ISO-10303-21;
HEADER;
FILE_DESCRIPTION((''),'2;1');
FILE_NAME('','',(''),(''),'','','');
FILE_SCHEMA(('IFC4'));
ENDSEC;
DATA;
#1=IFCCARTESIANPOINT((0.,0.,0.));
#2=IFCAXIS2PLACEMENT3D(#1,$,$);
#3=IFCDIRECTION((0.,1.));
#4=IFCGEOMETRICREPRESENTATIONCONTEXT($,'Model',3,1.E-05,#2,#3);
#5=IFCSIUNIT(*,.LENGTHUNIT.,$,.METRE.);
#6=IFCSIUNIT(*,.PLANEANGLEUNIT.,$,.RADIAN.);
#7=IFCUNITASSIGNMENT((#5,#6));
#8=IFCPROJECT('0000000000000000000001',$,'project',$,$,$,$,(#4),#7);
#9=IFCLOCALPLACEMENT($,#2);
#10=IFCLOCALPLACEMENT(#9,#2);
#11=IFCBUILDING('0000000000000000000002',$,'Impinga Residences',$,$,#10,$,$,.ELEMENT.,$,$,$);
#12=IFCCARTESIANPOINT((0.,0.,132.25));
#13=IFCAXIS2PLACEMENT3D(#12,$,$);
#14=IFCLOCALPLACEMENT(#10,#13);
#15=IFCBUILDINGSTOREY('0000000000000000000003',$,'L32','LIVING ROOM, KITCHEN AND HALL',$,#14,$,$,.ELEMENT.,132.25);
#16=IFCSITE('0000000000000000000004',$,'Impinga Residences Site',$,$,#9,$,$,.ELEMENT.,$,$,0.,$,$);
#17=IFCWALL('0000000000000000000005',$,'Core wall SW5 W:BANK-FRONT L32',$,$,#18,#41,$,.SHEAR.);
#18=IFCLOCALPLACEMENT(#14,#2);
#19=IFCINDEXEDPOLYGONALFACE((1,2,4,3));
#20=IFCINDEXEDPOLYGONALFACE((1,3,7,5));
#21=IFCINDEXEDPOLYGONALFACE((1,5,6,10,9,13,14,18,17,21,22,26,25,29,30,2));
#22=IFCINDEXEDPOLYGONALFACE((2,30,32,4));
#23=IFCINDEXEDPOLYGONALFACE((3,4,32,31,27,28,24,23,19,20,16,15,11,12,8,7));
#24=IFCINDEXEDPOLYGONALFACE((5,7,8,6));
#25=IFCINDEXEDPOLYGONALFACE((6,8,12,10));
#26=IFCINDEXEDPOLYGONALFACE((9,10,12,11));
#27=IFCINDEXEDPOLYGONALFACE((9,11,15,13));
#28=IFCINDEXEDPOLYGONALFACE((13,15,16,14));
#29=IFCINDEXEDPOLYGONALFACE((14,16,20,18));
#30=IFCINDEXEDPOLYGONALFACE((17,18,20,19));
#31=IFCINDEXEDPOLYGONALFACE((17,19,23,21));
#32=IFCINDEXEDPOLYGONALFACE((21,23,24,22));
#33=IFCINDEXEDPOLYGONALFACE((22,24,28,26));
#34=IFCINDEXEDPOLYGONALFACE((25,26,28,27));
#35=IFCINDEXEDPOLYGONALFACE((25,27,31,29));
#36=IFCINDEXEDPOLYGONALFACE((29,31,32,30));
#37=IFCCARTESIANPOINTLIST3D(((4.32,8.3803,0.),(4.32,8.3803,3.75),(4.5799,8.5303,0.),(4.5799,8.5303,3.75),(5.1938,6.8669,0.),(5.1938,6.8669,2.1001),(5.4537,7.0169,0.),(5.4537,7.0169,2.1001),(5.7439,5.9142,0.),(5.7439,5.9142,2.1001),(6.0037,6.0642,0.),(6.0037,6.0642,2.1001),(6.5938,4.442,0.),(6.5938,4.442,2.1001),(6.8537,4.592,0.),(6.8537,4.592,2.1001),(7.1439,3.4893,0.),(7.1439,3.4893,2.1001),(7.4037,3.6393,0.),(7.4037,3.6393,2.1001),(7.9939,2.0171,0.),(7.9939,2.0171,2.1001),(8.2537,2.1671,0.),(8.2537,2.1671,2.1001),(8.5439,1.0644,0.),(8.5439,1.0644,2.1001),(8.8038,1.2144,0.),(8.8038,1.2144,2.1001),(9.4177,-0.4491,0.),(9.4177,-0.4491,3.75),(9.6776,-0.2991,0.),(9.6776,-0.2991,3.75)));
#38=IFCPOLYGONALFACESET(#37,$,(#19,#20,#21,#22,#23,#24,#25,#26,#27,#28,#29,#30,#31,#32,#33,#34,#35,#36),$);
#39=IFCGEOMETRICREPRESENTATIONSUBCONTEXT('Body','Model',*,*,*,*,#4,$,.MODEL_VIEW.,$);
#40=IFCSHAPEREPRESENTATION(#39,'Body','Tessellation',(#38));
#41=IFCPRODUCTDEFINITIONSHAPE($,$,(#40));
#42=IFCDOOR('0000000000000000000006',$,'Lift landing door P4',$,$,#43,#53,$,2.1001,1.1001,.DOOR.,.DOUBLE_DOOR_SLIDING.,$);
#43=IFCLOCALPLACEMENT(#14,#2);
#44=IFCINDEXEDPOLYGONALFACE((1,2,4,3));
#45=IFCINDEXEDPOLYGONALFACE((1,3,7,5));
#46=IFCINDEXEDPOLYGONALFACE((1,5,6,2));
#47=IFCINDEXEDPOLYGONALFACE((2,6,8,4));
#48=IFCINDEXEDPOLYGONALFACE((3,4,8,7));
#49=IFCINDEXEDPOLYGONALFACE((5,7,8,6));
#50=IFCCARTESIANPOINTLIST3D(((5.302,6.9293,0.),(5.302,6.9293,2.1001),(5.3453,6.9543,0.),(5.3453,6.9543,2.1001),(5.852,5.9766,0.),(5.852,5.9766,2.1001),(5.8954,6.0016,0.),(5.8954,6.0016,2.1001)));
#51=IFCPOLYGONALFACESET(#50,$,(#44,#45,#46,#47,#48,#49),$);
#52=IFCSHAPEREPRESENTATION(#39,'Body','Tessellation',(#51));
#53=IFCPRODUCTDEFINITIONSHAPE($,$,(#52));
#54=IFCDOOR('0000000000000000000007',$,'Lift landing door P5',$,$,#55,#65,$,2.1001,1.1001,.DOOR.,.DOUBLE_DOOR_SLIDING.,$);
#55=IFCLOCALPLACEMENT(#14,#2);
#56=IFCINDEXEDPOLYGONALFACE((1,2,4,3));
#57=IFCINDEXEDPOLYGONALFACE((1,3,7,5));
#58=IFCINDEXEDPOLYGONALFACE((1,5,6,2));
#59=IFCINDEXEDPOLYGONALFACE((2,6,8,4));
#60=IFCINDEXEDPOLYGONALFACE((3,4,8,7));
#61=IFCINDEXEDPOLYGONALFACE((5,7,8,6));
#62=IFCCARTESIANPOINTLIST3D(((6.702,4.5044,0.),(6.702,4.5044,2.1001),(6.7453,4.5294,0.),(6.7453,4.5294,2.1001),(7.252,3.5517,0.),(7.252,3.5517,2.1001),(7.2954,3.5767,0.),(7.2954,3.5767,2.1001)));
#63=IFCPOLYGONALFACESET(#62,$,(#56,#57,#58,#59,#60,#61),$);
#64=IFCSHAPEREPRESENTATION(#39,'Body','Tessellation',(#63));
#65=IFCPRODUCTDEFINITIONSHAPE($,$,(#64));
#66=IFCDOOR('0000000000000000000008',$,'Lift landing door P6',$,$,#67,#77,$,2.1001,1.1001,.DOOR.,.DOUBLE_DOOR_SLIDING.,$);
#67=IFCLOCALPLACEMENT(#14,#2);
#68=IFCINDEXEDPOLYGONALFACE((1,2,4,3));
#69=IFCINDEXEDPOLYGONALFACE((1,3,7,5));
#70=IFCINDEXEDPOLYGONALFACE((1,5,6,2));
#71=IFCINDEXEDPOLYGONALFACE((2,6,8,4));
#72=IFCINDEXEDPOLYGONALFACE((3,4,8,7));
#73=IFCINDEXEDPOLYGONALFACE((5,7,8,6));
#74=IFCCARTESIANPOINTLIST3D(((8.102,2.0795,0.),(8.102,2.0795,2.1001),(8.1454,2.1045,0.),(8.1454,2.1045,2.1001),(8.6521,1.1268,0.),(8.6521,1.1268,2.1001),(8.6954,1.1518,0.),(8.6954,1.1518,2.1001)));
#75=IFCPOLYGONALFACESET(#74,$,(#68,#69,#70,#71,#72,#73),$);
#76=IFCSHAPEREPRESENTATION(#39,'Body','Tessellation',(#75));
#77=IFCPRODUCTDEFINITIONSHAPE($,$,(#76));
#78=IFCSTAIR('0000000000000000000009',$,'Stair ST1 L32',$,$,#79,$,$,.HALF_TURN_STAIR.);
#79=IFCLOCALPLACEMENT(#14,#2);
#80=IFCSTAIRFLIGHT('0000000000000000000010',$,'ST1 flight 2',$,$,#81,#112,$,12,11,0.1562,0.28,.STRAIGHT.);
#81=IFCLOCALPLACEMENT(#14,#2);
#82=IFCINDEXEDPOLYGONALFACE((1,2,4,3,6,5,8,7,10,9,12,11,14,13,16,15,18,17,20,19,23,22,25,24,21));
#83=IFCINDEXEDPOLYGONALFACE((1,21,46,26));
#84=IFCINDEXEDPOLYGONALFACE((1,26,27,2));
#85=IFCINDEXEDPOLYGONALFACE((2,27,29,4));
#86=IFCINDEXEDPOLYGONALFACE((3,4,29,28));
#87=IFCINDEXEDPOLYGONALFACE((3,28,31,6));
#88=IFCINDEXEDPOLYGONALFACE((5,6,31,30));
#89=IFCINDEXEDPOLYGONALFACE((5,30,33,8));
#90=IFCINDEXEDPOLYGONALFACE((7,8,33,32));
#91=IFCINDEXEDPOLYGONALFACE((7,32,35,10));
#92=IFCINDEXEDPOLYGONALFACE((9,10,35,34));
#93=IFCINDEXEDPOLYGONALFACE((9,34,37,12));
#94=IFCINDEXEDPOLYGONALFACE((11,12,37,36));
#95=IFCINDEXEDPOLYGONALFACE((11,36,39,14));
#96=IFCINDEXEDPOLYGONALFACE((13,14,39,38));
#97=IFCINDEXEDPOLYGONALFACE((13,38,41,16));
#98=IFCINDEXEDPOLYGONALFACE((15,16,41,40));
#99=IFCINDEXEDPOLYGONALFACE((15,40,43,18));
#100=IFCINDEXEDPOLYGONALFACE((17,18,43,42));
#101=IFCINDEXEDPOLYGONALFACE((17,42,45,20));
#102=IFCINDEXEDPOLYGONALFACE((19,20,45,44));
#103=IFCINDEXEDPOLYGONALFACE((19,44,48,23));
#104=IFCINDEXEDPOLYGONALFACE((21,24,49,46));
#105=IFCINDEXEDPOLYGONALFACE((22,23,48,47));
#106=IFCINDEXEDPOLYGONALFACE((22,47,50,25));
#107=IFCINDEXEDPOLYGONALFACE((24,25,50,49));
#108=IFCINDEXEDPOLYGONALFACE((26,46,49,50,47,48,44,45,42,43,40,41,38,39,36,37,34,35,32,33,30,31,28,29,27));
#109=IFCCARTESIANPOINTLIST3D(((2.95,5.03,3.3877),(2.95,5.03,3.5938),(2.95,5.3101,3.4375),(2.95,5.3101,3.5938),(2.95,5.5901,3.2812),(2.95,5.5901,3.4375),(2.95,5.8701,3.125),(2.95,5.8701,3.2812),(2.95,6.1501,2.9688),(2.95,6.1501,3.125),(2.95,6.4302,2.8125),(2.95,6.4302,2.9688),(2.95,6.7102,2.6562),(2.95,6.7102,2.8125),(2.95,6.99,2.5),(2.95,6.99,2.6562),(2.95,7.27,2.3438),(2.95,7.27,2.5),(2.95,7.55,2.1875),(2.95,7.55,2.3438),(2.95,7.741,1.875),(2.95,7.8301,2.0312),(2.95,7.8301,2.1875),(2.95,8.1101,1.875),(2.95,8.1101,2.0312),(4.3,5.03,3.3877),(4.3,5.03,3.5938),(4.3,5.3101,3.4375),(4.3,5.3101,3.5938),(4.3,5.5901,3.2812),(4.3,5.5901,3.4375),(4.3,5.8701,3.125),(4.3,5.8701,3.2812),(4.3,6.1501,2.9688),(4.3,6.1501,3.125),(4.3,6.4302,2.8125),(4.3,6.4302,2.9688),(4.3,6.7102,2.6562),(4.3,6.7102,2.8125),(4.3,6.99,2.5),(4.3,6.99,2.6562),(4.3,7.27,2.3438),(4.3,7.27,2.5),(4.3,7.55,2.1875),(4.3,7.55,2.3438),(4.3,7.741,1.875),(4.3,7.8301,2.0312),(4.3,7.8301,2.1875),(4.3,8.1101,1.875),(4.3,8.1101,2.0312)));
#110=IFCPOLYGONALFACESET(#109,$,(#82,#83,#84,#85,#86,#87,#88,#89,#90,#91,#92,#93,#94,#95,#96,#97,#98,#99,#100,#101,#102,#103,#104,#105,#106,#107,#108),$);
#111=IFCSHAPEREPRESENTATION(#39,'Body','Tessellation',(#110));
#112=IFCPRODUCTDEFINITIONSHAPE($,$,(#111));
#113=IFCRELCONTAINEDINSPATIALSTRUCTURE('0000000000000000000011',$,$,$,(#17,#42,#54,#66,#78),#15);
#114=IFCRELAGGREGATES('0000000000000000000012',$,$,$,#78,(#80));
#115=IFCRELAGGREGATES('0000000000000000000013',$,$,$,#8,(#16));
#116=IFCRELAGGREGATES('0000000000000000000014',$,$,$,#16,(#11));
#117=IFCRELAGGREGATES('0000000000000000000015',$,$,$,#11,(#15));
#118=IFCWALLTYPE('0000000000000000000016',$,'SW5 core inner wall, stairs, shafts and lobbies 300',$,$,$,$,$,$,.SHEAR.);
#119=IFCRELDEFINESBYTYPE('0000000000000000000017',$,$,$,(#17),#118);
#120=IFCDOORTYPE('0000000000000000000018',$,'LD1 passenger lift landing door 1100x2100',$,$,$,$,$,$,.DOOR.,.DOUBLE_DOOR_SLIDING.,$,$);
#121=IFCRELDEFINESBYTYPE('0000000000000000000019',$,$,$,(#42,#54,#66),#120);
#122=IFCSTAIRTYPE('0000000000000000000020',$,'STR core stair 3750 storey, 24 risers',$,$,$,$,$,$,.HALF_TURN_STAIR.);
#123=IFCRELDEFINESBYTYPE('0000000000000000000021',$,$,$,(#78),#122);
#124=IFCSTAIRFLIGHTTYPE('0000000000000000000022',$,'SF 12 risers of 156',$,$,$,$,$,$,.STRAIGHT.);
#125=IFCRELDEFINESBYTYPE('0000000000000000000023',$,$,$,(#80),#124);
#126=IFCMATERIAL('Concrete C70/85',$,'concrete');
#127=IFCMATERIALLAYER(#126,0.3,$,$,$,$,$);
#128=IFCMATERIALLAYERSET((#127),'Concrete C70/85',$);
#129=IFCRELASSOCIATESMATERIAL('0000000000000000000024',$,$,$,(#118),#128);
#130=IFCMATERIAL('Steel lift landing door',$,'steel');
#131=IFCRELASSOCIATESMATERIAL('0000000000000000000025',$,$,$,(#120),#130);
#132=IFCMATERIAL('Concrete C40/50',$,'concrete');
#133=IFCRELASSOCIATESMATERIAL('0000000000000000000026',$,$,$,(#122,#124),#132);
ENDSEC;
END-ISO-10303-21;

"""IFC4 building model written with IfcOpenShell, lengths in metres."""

from ifc_helpers import new_model, si_unit, direction, frame, frame_2d, origin, place, context, subcontext, project, spatial, polyline, rectangle, outline, extrude, material, layer, layer_set, type_object, element, fill, aggregate, save


model = new_model("IFC4")

# Units and contexts
model_context = context("Model", 3, precision=1e-05, world=origin(), true_north=direction((0.0, 1.0)))
body_context = subcontext(model_context, "Body", "Model", "MODEL_VIEW")
ifc_project = project(units=[si_unit("LENGTHUNIT", "METRE"), si_unit("PLANEANGLEUNIT", "RADIAN")], contexts=[model_context])

# Site, building, storey
site_placement = place(None, origin())
site = spatial("IfcSite", under=ifc_project, at=site_placement, Name="Impinga Residences Site", CompositionType="ELEMENT", RefElevation=0.0)
building_placement = place(site_placement, origin())
building = spatial("IfcBuilding", under=site, at=building_placement, Name="Impinga Residences", CompositionType="ELEMENT")
storey_placement = place(building_placement, frame((0.0, 0.0, 132.25)))
storey = spatial("IfcBuildingStorey", under=building, at=storey_placement, Name="L32", Description="LIVING ROOM, KITCHEN AND HALL", CompositionType="ELEMENT", Elevation=132.25)

# Wall, openings, doors
ifc_material_1 = material(Name="Concrete C70/85", Category="concrete")
ifc_layer_1 = layer(ifc_material_1, 0.3)
ifc_layer_set_1 = layer_set([ifc_layer_1], Name="Concrete C70/85")
wall_type_1 = type_object("IfcWallType", Name="SW5 core inner wall, stairs, shafts and lobbies 300", PredefinedType="SHEAR", material=ifc_layer_set_1)
wall_1_placement = place(storey_placement, frame((4.45, 8.4553, 0.0), z_axis=(0.0, 0.0, 1.0), x_axis=(0.500002, -0.866024, 0.0)))
wall_1 = element("IfcWall", 1, at=wall_1_placement, inside=storey, type_object=wall_type_1, Name="Core wall SW5 W:BANK-FRONT L32", PredefinedType="SHEAR", context=body_context, shape_type="SweptSolid", body=[
    extrude(rectangle(XDim=10.1953, YDim=0.3, at=frame_2d((5.0977, 0.0))), origin(), (0.0, 0.0, 1.0), 3.75),
])
opening_1_placement = place(wall_1_placement, frame((1.7476, 0.0, 0.0)))
opening_1 = element("IfcOpeningElement", 2, at=opening_1_placement, cuts=wall_1, PredefinedType="OPENING", context=body_context, shape_type="SweptSolid", body=[
    extrude(rectangle(XDim=1.1001, YDim=2.1001, at=frame_2d((0.55, 1.05))), frame((0.0, 0.1599, 0.0), z_axis=(0.0, -1.0, 0.0), x_axis=(1.0, 0.0, 0.0)), (0.0, 0.0, 1.0), 0.3201),
])
opening_2_placement = place(wall_1_placement, frame((4.5476, 0.0, 0.0)))
opening_2 = element("IfcOpeningElement", 3, at=opening_2_placement, cuts=wall_1, PredefinedType="OPENING", context=body_context, shape_type="SweptSolid", body=[
    extrude(rectangle(XDim=1.1001, YDim=2.1001, at=frame_2d((0.55, 1.05))), frame((0.0, 0.1599, 0.0), z_axis=(0.0, -1.0, 0.0), x_axis=(1.0, 0.0, 0.0)), (0.0, 0.0, 1.0), 0.3201),
])
opening_3_placement = place(wall_1_placement, frame((7.3477, 0.0, 0.0)))
opening_3 = element("IfcOpeningElement", 4, at=opening_3_placement, cuts=wall_1, PredefinedType="OPENING", context=body_context, shape_type="SweptSolid", body=[
    extrude(rectangle(XDim=1.1001, YDim=2.1001, at=frame_2d((0.55, 1.05))), frame((0.0, 0.1599, 0.0), z_axis=(0.0, -1.0, 0.0), x_axis=(1.0, 0.0, 0.0)), (0.0, 0.0, 1.0), 0.3201),
])
ifc_material_2 = material(Name="Steel lift landing door", Category="steel")
door_type_1 = type_object("IfcDoorType", Name="LD1 passenger lift landing door 1100x2100", OperationType="DOUBLE_DOOR_SLIDING", PredefinedType="DOOR", material=ifc_material_2)
door_1_placement = place(opening_1_placement, origin())
door_1 = element("IfcDoor", 5, at=door_1_placement, inside=storey, type_object=door_type_1, Name="Lift landing door P4", OperationType="DOUBLE_DOOR_SLIDING", OverallHeight=2.1001, OverallWidth=1.1001, PredefinedType="DOOR", context=body_context, shape_type="SweptSolid", body=[
    extrude(rectangle(XDim=1.1001, YDim=2.1001, at=frame_2d((0.55, 1.05))), frame((0.0, 0.0249, 0.0), z_axis=(0.0, -1.0, 0.0), x_axis=(1.0, 0.0, 0.0)), (0.0, 0.0, 1.0), 0.05),
])
fill(opening_1, door_1)
door_2_placement = place(opening_2_placement, origin())
door_2 = element("IfcDoor", 6, at=door_2_placement, inside=storey, type_object=door_type_1, Name="Lift landing door P5", OperationType="DOUBLE_DOOR_SLIDING", OverallHeight=2.1001, OverallWidth=1.1001, PredefinedType="DOOR", context=body_context, shape_type="SweptSolid", body=[
    extrude(rectangle(XDim=1.1001, YDim=2.1001, at=frame_2d((0.55, 1.05))), frame((0.0, 0.0249, 0.0), z_axis=(0.0, -1.0, 0.0), x_axis=(1.0, 0.0, 0.0)), (0.0, 0.0, 1.0), 0.05),
])
fill(opening_2, door_2)
door_3_placement = place(opening_3_placement, origin())
door_3 = element("IfcDoor", 7, at=door_3_placement, inside=storey, type_object=door_type_1, Name="Lift landing door P6", OperationType="DOUBLE_DOOR_SLIDING", OverallHeight=2.1001, OverallWidth=1.1001, PredefinedType="DOOR", context=body_context, shape_type="SweptSolid", body=[
    extrude(rectangle(XDim=1.1001, YDim=2.1001, at=frame_2d((0.55, 1.05))), frame((0.0, 0.0249, 0.0), z_axis=(0.0, -1.0, 0.0), x_axis=(1.0, 0.0, 0.0)), (0.0, 0.0, 1.0), 0.05),
])
fill(opening_3, door_3)

# Stair, stair flight
ifc_material_3 = material(Name="Concrete C40/50", Category="concrete")
stair_type = type_object("IfcStairType", Name="STR core stair 3750 storey, 24 risers", PredefinedType="HALF_TURN_STAIR", material=ifc_material_3)
stair_placement = place(storey_placement, origin())
stair = element("IfcStair", 8, at=stair_placement, inside=storey, type_object=stair_type, Name="Stair ST1 L32", PredefinedType="HALF_TURN_STAIR")
stair_flight_type = type_object("IfcStairFlightType", Name="SF 12 risers of 156", PredefinedType="STRAIGHT", material=ifc_material_3)
stair_flight_placement = place(storey_placement, frame((3.625, 8.1101, 1.875), z_axis=(0.0, 0.0, 1.0), x_axis=(0.0, -1.0, 0.0)))
stair_flight = element("IfcStairFlight", 9, at=stair_flight_placement, type_object=stair_flight_type, Name="ST1 flight 2", NumberOfRisers=12, NumberOfTreads=11, PredefinedType="STRAIGHT", RiserHeight=0.1562, TreadLength=0.28, context=body_context, shape_type="SweptSolid", body=[
    extrude(outline(polyline([(0.0, 0.0), (0.0, 0.1562), (0.28, 0.1562), (0.28, 0.3125), (0.5601, 0.3125), (0.5601, 0.4688), (0.8401, 0.4688), (0.8401, 0.625), (1.1201, 0.625), (1.1201, 0.7812), (1.3999, 0.7812), (1.3999, 0.9375), (1.6799, 0.9375), (1.6799, 1.0938), (1.96, 1.0938), (1.96, 1.25), (2.24, 1.25), (2.24, 1.4062), (2.52, 1.4062), (2.52, 1.5625), (2.8, 1.5625), (2.8, 1.7188), (3.0801, 1.7188), (3.0801, 1.875), (3.0801, 1.5127), (0.3691, 0.0), (0.0, 0.0)])), frame((0.0, 0.675, 0.0), z_axis=(0.0, -1.0, 0.0), x_axis=(1.0, 0.0, 0.0)), (0.0, 0.0, 1.0), 1.3501),
])
aggregate(stair, [stair_flight])

save(model, "model.ifc")
